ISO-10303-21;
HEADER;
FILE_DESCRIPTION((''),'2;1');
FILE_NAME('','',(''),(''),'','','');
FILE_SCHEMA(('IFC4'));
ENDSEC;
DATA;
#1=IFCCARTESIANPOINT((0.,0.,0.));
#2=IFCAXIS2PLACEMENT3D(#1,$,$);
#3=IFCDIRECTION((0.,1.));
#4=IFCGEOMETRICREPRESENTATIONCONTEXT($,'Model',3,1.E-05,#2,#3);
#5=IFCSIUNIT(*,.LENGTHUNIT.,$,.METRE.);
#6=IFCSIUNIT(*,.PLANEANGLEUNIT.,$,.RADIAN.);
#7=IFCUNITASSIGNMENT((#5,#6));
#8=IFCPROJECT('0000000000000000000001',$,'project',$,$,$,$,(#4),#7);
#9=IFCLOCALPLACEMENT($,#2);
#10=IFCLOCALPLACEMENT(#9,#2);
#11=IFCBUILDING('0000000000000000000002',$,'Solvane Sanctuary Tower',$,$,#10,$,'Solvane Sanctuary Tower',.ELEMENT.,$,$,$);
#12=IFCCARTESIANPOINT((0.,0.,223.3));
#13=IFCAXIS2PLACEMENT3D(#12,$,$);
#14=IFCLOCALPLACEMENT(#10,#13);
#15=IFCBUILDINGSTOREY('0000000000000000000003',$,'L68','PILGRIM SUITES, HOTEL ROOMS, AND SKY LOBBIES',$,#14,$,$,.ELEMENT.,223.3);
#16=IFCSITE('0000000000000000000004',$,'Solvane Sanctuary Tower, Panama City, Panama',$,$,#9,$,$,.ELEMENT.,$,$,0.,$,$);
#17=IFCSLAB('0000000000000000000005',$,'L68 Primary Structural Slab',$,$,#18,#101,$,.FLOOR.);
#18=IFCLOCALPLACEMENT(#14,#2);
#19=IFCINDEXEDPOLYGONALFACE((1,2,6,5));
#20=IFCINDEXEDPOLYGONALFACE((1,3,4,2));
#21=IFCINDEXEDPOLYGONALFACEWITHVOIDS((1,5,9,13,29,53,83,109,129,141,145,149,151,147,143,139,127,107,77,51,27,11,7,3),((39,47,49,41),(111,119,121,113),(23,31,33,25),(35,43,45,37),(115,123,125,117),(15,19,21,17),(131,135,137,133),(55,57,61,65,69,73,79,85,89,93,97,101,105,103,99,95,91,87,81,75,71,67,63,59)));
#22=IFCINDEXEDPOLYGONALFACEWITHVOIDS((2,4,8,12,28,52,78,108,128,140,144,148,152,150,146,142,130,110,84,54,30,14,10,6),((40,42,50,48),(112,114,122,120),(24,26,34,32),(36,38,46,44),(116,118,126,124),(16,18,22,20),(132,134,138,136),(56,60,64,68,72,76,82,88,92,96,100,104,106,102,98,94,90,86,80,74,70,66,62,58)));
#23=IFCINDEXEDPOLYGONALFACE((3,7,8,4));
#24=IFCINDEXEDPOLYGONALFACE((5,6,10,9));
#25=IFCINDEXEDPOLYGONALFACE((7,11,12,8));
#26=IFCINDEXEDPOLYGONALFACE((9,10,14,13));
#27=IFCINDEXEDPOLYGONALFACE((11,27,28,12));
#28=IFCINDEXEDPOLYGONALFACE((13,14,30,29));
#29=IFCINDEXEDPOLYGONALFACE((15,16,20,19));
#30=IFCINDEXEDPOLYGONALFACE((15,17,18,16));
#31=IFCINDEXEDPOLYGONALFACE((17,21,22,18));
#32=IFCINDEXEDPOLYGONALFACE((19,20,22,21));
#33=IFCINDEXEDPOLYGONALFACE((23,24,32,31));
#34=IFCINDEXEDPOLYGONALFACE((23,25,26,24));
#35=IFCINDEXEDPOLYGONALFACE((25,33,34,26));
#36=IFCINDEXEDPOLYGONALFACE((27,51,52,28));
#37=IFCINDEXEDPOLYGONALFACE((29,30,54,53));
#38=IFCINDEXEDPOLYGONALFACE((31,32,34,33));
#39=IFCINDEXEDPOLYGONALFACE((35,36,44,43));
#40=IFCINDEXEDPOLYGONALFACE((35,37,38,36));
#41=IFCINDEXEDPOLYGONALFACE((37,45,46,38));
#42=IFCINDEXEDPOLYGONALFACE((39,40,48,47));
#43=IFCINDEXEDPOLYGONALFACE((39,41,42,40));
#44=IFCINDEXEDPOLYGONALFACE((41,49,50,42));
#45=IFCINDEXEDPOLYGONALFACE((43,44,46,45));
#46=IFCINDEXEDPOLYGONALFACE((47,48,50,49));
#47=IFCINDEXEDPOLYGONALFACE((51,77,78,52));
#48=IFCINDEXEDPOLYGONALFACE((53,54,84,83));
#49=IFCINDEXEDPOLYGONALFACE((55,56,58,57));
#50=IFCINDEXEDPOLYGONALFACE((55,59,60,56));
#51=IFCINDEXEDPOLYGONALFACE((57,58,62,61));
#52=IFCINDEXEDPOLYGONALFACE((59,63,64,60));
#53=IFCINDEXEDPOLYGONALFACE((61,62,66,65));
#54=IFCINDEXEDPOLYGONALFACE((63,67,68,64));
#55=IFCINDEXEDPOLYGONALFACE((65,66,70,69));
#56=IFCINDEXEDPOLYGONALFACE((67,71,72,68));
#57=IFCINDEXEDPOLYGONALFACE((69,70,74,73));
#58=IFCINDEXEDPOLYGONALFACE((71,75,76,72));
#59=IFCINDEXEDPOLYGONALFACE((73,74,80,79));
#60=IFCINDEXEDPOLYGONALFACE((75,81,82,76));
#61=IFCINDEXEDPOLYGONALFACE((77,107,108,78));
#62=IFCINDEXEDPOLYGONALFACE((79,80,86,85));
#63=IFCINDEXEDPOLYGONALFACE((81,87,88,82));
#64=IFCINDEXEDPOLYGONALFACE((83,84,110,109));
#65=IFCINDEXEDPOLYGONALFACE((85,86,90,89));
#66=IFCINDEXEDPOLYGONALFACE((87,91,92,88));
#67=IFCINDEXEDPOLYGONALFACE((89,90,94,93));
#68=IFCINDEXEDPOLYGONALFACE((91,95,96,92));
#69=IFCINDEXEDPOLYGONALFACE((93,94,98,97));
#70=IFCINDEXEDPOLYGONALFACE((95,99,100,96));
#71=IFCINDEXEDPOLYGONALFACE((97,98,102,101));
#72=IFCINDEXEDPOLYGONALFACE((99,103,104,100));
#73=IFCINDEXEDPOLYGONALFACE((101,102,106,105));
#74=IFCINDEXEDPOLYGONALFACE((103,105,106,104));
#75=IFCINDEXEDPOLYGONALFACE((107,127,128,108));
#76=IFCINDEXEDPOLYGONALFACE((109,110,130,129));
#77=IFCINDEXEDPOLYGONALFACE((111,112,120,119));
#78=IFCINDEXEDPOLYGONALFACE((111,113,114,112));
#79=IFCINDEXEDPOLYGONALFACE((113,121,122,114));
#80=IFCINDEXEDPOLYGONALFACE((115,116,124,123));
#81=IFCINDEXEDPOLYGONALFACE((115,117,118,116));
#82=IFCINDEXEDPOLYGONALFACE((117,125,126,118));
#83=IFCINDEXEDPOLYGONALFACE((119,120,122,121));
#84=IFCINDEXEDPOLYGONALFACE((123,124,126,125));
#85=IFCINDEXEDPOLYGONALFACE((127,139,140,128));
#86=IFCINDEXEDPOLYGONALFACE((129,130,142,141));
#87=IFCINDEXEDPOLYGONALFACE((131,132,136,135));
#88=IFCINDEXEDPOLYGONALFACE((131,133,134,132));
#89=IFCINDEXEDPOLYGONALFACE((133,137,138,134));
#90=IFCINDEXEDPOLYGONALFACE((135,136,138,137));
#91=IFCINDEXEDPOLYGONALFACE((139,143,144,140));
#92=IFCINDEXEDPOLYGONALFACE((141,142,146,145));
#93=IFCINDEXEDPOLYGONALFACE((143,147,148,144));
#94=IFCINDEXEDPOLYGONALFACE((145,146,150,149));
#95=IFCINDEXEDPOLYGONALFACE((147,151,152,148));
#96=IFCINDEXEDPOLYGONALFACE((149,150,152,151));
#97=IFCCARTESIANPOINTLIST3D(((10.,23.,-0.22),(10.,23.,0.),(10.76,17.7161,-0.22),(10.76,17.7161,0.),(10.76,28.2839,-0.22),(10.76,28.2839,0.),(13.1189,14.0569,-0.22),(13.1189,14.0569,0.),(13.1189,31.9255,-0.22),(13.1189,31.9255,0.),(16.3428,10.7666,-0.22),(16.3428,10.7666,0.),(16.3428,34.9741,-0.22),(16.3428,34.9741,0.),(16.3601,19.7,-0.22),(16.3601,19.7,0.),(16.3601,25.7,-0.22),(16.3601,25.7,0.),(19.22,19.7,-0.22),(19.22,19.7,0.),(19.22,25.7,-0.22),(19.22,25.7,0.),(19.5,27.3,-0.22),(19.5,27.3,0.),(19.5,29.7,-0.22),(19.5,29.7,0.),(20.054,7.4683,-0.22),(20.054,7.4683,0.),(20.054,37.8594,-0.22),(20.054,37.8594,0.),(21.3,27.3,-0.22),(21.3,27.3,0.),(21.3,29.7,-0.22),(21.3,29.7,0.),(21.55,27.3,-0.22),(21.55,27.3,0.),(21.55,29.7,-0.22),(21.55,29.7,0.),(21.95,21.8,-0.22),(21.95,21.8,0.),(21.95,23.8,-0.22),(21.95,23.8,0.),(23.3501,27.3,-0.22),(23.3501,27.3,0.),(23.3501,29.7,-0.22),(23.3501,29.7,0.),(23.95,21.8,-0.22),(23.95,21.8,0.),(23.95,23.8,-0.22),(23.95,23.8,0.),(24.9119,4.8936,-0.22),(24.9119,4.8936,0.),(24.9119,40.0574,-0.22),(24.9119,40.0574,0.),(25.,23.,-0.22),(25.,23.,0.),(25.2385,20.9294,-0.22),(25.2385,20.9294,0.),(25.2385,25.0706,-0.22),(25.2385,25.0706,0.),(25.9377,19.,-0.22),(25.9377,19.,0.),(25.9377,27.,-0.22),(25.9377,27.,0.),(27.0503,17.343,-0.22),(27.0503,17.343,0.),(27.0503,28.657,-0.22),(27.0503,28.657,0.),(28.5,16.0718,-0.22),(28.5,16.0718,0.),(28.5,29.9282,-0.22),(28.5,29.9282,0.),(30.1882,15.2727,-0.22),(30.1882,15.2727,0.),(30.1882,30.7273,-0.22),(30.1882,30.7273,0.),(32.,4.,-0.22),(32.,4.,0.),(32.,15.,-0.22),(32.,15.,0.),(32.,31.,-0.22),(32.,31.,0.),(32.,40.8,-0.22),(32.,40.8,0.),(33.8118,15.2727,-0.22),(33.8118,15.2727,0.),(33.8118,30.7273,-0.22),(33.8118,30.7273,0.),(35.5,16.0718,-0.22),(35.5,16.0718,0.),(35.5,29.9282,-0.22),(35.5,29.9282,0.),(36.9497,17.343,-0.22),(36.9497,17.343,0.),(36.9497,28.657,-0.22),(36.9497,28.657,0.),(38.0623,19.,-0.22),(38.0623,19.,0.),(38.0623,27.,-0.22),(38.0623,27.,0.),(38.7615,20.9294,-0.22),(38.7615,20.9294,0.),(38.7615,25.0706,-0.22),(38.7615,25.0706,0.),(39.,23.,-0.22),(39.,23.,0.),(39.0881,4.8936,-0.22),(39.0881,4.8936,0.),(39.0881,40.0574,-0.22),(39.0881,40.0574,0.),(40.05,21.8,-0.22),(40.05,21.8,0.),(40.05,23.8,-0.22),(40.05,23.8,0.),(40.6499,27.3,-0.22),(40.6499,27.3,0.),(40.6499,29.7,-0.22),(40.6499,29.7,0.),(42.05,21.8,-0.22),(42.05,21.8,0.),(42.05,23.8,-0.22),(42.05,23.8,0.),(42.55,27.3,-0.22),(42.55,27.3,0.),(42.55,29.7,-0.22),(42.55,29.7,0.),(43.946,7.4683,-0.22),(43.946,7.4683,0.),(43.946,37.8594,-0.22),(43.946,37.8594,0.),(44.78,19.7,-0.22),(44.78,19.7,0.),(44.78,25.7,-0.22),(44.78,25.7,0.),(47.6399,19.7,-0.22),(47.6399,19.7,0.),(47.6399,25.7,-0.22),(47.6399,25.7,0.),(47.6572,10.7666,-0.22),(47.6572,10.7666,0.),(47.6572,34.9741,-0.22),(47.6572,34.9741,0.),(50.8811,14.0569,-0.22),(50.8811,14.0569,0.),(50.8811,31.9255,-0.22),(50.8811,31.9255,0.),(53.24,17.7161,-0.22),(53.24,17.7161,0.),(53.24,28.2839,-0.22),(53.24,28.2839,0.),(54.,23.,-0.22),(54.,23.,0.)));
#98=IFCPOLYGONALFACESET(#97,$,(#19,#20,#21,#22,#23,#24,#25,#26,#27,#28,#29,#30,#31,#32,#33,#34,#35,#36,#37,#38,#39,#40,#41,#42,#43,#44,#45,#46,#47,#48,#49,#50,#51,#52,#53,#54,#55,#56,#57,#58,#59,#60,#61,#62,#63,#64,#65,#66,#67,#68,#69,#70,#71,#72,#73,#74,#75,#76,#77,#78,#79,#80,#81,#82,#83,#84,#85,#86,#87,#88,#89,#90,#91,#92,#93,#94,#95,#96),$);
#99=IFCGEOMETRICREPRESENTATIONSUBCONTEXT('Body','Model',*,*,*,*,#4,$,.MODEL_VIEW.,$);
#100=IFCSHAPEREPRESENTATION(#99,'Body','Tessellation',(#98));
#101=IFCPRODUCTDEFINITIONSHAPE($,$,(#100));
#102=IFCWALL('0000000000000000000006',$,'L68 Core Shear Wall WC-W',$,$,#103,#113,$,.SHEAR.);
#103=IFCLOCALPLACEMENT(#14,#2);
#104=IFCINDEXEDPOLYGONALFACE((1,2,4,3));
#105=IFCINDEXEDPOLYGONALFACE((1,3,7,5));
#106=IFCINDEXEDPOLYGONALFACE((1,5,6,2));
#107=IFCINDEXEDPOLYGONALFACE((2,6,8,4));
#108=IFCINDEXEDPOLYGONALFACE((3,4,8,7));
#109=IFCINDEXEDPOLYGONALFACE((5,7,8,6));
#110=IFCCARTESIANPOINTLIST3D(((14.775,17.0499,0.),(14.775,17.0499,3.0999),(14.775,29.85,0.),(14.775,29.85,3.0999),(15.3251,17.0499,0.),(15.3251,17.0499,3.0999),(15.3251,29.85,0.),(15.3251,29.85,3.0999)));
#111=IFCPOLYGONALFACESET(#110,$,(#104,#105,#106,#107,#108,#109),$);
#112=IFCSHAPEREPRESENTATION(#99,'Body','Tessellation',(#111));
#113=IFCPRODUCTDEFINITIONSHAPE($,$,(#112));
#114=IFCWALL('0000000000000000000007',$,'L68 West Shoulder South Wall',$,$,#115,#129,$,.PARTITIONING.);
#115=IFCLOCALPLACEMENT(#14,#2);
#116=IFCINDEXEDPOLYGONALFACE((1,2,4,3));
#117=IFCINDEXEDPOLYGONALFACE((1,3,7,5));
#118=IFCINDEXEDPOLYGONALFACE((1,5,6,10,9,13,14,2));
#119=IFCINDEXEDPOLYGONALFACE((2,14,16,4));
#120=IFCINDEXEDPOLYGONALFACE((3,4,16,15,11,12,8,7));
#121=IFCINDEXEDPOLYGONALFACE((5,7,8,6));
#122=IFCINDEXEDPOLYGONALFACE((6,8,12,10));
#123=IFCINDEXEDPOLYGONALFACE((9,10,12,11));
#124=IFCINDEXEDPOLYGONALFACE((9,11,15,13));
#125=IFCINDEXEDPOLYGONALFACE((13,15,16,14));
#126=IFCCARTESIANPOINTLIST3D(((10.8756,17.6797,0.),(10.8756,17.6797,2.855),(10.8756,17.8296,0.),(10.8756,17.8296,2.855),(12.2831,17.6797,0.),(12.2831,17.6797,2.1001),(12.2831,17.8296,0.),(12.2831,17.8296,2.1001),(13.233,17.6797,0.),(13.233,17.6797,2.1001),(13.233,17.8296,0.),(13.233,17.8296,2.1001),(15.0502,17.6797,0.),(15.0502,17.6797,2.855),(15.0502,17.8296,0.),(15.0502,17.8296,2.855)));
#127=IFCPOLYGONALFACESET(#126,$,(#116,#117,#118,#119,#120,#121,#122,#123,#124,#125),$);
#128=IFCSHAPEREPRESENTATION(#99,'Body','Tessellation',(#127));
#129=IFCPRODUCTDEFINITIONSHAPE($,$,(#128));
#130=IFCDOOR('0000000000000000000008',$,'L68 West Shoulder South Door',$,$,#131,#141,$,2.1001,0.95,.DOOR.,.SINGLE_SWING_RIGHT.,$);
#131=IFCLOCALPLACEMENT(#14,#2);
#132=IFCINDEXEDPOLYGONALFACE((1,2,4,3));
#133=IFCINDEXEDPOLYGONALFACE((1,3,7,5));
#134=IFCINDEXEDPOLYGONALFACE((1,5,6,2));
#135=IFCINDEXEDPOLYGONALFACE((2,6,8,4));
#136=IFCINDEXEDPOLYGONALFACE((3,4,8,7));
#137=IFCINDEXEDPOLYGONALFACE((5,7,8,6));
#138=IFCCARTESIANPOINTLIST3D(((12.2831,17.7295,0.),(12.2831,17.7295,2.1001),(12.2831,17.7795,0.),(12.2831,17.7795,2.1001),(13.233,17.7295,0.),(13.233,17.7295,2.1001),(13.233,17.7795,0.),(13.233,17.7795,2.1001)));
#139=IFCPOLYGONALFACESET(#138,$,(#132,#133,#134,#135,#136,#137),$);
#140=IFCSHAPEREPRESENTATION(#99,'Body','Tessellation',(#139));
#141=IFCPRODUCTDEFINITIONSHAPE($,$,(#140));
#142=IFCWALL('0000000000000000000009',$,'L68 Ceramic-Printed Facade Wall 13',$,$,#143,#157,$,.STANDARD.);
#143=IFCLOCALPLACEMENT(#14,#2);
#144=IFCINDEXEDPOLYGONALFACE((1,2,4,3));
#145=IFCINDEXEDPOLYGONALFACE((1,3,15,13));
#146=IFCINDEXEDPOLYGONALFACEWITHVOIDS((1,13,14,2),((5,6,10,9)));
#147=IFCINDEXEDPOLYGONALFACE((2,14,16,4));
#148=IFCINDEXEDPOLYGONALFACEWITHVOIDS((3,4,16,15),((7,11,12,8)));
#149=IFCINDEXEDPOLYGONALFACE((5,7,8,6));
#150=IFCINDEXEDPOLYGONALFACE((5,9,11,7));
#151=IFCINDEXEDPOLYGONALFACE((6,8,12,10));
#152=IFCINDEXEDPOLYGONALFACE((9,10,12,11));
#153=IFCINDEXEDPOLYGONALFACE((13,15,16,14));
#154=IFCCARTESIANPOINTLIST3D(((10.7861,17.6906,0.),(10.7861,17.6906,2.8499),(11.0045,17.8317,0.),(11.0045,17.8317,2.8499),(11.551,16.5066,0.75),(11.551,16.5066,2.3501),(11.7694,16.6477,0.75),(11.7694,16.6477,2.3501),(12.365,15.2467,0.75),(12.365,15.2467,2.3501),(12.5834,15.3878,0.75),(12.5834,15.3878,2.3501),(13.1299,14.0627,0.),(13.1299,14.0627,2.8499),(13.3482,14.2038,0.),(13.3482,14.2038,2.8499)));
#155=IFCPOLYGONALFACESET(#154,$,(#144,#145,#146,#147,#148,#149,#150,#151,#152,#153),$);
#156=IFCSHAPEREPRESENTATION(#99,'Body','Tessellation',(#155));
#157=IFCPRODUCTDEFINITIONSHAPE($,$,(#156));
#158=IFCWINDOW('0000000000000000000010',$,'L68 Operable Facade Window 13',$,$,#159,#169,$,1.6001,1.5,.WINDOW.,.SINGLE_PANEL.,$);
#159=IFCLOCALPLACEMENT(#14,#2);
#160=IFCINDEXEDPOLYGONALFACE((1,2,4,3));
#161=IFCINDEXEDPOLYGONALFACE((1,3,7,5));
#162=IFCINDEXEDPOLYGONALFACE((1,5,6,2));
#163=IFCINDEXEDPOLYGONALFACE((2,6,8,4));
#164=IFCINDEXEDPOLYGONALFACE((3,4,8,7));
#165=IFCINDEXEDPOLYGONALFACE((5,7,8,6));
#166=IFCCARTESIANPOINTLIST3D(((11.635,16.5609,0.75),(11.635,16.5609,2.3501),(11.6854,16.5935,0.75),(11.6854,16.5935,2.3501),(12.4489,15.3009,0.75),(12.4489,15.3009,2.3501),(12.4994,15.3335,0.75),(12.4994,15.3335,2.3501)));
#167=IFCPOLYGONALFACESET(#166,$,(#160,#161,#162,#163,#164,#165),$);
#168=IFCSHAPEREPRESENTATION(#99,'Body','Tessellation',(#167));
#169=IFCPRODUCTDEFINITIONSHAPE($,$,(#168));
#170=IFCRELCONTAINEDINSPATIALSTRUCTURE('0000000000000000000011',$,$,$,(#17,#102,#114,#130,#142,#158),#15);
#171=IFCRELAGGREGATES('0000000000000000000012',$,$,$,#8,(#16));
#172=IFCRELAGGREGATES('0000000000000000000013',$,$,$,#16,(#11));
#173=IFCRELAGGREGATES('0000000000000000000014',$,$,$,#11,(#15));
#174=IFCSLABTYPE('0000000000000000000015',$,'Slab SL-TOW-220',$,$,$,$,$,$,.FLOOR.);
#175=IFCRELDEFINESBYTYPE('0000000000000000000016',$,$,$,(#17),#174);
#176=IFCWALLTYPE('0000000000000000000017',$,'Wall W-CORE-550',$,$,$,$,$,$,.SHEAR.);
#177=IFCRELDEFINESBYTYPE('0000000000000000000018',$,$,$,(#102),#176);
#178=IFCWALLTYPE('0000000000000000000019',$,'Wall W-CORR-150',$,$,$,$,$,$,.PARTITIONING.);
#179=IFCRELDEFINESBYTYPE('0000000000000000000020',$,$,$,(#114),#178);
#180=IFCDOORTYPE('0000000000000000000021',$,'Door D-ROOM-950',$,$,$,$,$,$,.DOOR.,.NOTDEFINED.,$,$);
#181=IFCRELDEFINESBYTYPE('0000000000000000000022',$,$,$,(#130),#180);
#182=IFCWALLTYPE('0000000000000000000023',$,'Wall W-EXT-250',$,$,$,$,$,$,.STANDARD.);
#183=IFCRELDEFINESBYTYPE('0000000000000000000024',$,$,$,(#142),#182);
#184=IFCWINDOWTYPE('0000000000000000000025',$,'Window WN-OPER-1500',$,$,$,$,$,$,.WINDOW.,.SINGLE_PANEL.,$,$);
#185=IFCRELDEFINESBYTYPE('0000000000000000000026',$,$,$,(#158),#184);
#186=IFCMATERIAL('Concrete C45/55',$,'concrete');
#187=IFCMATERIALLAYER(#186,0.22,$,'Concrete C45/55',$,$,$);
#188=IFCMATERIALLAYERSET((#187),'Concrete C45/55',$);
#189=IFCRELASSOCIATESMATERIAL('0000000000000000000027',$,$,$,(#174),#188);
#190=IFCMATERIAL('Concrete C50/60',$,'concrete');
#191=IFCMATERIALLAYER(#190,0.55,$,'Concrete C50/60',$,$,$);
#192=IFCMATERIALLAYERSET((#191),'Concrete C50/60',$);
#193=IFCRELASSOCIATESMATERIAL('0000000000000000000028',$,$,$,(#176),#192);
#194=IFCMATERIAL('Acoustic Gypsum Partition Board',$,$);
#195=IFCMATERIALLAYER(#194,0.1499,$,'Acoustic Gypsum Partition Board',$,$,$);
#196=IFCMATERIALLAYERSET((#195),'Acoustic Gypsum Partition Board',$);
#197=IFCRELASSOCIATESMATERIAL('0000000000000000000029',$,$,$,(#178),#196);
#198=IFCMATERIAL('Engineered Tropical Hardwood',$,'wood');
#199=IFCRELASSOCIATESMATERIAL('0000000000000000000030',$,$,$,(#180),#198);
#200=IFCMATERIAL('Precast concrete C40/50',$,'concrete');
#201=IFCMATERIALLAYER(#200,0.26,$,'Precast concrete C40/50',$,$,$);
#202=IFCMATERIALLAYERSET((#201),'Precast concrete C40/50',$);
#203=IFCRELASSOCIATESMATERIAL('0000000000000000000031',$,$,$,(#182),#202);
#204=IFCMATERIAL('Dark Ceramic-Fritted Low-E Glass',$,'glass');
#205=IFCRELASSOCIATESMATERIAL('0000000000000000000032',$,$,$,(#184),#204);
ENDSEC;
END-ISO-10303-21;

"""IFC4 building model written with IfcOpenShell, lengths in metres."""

from ifc_helpers import new_model, si_unit, direction, frame, frame_2d, origin, place, context, subcontext, project, spatial, polyline, rectangle, outline, extrude, material, layer, layer_set, type_object, element, fill, save


model = new_model("IFC4")

# Units and contexts
model_context = context("Model", 3, precision=1e-05, world=origin(), true_north=direction((0.0, 1.0)))
body_context = subcontext(model_context, "Body", "Model", "MODEL_VIEW")
ifc_project = project(units=[si_unit("LENGTHUNIT", "METRE"), si_unit("PLANEANGLEUNIT", "RADIAN")], contexts=[model_context])

# Site, building, storey
site_placement = place(None, origin())
site = spatial("IfcSite", under=ifc_project, at=site_placement, Name="Solvane Sanctuary Tower, Panama City, Panama", CompositionType="ELEMENT", RefElevation=0.0)
building_placement = place(site_placement, origin())
building = spatial("IfcBuilding", under=site, at=building_placement, Name="Solvane Sanctuary Tower", LongName="Solvane Sanctuary Tower", CompositionType="ELEMENT")
storey_placement = place(building_placement, frame((0.0, 0.0, 223.3)))
storey = spatial("IfcBuildingStorey", under=building, at=storey_placement, Name="L68", Description="PILGRIM SUITES, HOTEL ROOMS, AND SKY LOBBIES", CompositionType="ELEMENT", Elevation=223.3)

# Shared definitions
ifc_material_1 = material(Name="Concrete C45/55", Category="concrete")

# Slab
ifc_layer_1 = layer(ifc_material_1, 0.22, Name="Concrete C45/55")
ifc_layer_set_1 = layer_set([ifc_layer_1], Name="Concrete C45/55")
slab_type_1 = type_object("IfcSlabType", Name="Slab SL-TOW-220", PredefinedType="FLOOR", material=ifc_layer_set_1)
slab_1_placement = place(storey_placement, frame((0.0, 0.0, -0.22)))
element("IfcSlab", 1, at=slab_1_placement, inside=storey, type_object=slab_type_1, Name="L68 Primary Structural Slab", PredefinedType="FLOOR", context=body_context, shape_type="SweptSolid", body=[
    extrude(outline(polyline([(54.0, 23.0), (53.24, 28.2839), (50.8811, 31.9255), (47.6572, 34.9741), (43.946, 37.8594), (39.0881, 40.0574), (32.0, 40.8), (24.9119, 40.0574), (20.054, 37.8594), (16.3428, 34.9741), (13.1189, 31.9255), (10.76, 28.2839), (10.0, 23.0), (10.76, 17.7161), (13.1189, 14.0569), (16.3428, 10.7666), (20.054, 7.4683), (24.9119, 4.8936), (32.0, 4.0), (39.0881, 4.8936), (43.946, 7.4683), (47.6572, 10.7666), (50.8811, 14.0569), (53.24, 17.7161), (54.0, 23.0)]), holes=[polyline([(38.7615, 20.9294), (38.0623, 19.0), (36.9497, 17.343), (35.5, 16.0718), (33.8118, 15.2727), (32.0, 15.0), (30.1882, 15.2727), (28.5, 16.0718), (27.0503, 17.343), (25.9377, 19.0), (25.2385, 20.9294), (25.0, 23.0), (25.2385, 25.0706), (25.9377, 27.0), (27.0503, 28.657), (28.5, 29.9282), (30.1882, 30.7273), (32.0, 31.0), (33.8118, 30.7273), (35.5, 29.9282), (36.9497, 28.657), (38.0623, 27.0), (38.7615, 25.0706), (39.0, 23.0), (38.7615, 20.9294)]), polyline([(16.3601, 19.7), (16.3601, 25.7), (19.22, 25.7), (19.22, 19.7), (16.3601, 19.7)]), polyline([(44.78, 19.7), (44.78, 25.7), (47.6399, 25.7), (47.6399, 19.7), (44.78, 19.7)]), polyline([(21.95, 23.8), (23.95, 23.8), (23.95, 21.8), (21.95, 21.8), (21.95, 23.8)]), polyline([(40.05, 23.8), (42.05, 23.8), (42.05, 21.8), (40.05, 21.8), (40.05, 23.8)]), polyline([(19.5, 29.7), (21.3, 29.7), (21.3, 27.3), (19.5, 27.3), (19.5, 29.7)]), polyline([(21.55, 29.7), (23.3501, 29.7), (23.3501, 27.3), (21.55, 27.3), (21.55, 29.7)]), polyline([(40.6499, 29.7), (42.55, 29.7), (42.55, 27.3), (40.6499, 27.3), (40.6499, 29.7)])]), origin(), (0.0, 0.0, 1.0), 0.22),
])

# Wall
ifc_material_2 = material(Name="Concrete C50/60", Category="concrete")
ifc_layer_2 = layer(ifc_material_2, 0.55, Name="Concrete C50/60")
ifc_layer_set_2 = layer_set([ifc_layer_2], Name="Concrete C50/60")
wall_type_1 = type_object("IfcWallType", Name="Wall W-CORE-550", PredefinedType="SHEAR", material=ifc_layer_set_2)
wall_1_placement = place(storey_placement, frame((15.05, 17.05, 0.0), z_axis=(0.0, 0.0, 1.0), x_axis=(0.0, 1.0, 0.0)))
element("IfcWall", 2, at=wall_1_placement, inside=storey, type_object=wall_type_1, Name="L68 Core Shear Wall WC-W", PredefinedType="SHEAR", context=body_context, shape_type="SweptSolid", body=[
    extrude(rectangle(XDim=12.8, YDim=0.55, at=frame_2d((6.3999, 0.0))), origin(), (0.0, 0.0, 1.0), 3.0999),
])

# Wall, opening, door
ifc_material_3 = material(Name="Acoustic Gypsum Partition Board")
ifc_layer_3 = layer(ifc_material_3, 0.1499, Name="Acoustic Gypsum Partition Board")
ifc_layer_set_3 = layer_set([ifc_layer_3], Name="Acoustic Gypsum Partition Board")
wall_type_2 = type_object("IfcWallType", Name="Wall W-CORR-150", PredefinedType="PARTITIONING", material=ifc_layer_set_3)
wall_2_placement = place(storey_placement, frame((10.8755, 17.7546, 0.0), z_axis=(0.0, 0.0, 1.0), x_axis=(1.0, 0.0, 0.0)))
wall_2 = element("IfcWall", 3, at=wall_2_placement, inside=storey, type_object=wall_type_2, Name="L68 West Shoulder South Wall", PredefinedType="PARTITIONING", context=body_context, shape_type="SweptSolid", body=[
    extrude(rectangle(XDim=4.1746, YDim=0.1499, at=frame_2d((2.0874, 0.0))), origin(), (0.0, 0.0, 1.0), 2.855),
])
opening_1_placement = place(wall_2_placement, frame((1.4075, 0.0, 0.0)))
opening_1 = element("IfcOpeningElement", 4, at=opening_1_placement, cuts=wall_2, PredefinedType="OPENING", context=body_context, shape_type="SweptSolid", body=[
    extrude(rectangle(XDim=0.95, YDim=2.1001, at=frame_2d((0.4751, 1.05))), frame((0.0, 0.085, 0.0), z_axis=(0.0, -1.0, 0.0), x_axis=(1.0, 0.0, 0.0)), (0.0, 0.0, 1.0), 0.1699),
])
ifc_material_4 = material(Name="Engineered Tropical Hardwood", Category="wood")
door_type_1 = type_object("IfcDoorType", Name="Door D-ROOM-950", OperationType="NOTDEFINED", PredefinedType="DOOR", material=ifc_material_4)
door_1_placement = place(opening_1_placement, origin())
door_1 = element("IfcDoor", 5, at=door_1_placement, inside=storey, type_object=door_type_1, Name="L68 West Shoulder South Door", OperationType="SINGLE_SWING_RIGHT", OverallHeight=2.1001, OverallWidth=0.95, PredefinedType="DOOR", context=body_context, shape_type="SweptSolid", body=[
    extrude(rectangle(XDim=0.95, YDim=2.1001, at=frame_2d((0.4751, 1.05))), frame((0.0, 0.0249, 0.0), z_axis=(0.0, -1.0, 0.0), x_axis=(1.0, 0.0, 0.0)), (0.0, 0.0, 1.0), 0.05),
])
fill(opening_1, door_1)

# Wall, opening, window
ifc_material_5 = material(Name="Precast concrete C40/50", Category="concrete")
ifc_layer_4 = layer(ifc_material_5, 0.26, Name="Precast concrete C40/50")
ifc_layer_set_4 = layer_set([ifc_layer_4], Name="Precast concrete C40/50")
wall_type_3 = type_object("IfcWallType", Name="Wall W-EXT-250", PredefinedType="STANDARD", material=ifc_layer_set_4)
wall_3_placement = place(storey_placement, frame((10.8953, 17.7612, 0.0), z_axis=(0.0, 0.0, 1.0), x_axis=(0.542642, -0.839964, 0.0)))
wall_3 = element("IfcWall", 6, at=wall_3_placement, inside=storey, type_object=wall_type_3, Name="L68 Ceramic-Printed Facade Wall 13", PredefinedType="STANDARD", context=body_context, shape_type="SweptSolid", body=[
    extrude(rectangle(XDim=4.3191, YDim=0.26, at=frame_2d((2.1597, 0.0))), origin(), (0.0, 0.0, 1.0), 2.8499),
])
opening_2_placement = place(wall_3_placement, frame((1.4097, 0.0, 0.75)))
opening_2 = element("IfcOpeningElement", 7, at=opening_2_placement, cuts=wall_3, PredefinedType="OPENING", context=body_context, shape_type="SweptSolid", body=[
    extrude(rectangle(XDim=1.5, YDim=1.6001, at=frame_2d((0.75, 0.8))), frame((0.0, 0.1399, 0.0), z_axis=(0.0, -1.0, 0.0), x_axis=(1.0, 0.0, 0.0)), (0.0, 0.0, 1.0), 0.28),
])
ifc_material_6 = material(Name="Dark Ceramic-Fritted Low-E Glass", Category="glass")
window_type = type_object("IfcWindowType", Name="Window WN-OPER-1500", PartitioningType="SINGLE_PANEL", PredefinedType="WINDOW", material=ifc_material_6)
window_1_placement = place(opening_2_placement, origin())
window_1 = element("IfcWindow", 8, at=window_1_placement, inside=storey, type_object=window_type, Name="L68 Operable Facade Window 13", OverallHeight=1.6001, OverallWidth=1.5, PartitioningType="SINGLE_PANEL", PredefinedType="WINDOW", context=body_context, shape_type="SweptSolid", body=[
    extrude(rectangle(XDim=1.5, YDim=1.6001, at=frame_2d((0.75, 0.8))), frame((0.0, 0.03, 0.0), z_axis=(0.0, -1.0, 0.0), x_axis=(1.0, 0.0, 0.0)), (0.0, 0.0, 1.0), 0.0601),
])
fill(opening_2, window_1)

save(model, "model.ifc")
